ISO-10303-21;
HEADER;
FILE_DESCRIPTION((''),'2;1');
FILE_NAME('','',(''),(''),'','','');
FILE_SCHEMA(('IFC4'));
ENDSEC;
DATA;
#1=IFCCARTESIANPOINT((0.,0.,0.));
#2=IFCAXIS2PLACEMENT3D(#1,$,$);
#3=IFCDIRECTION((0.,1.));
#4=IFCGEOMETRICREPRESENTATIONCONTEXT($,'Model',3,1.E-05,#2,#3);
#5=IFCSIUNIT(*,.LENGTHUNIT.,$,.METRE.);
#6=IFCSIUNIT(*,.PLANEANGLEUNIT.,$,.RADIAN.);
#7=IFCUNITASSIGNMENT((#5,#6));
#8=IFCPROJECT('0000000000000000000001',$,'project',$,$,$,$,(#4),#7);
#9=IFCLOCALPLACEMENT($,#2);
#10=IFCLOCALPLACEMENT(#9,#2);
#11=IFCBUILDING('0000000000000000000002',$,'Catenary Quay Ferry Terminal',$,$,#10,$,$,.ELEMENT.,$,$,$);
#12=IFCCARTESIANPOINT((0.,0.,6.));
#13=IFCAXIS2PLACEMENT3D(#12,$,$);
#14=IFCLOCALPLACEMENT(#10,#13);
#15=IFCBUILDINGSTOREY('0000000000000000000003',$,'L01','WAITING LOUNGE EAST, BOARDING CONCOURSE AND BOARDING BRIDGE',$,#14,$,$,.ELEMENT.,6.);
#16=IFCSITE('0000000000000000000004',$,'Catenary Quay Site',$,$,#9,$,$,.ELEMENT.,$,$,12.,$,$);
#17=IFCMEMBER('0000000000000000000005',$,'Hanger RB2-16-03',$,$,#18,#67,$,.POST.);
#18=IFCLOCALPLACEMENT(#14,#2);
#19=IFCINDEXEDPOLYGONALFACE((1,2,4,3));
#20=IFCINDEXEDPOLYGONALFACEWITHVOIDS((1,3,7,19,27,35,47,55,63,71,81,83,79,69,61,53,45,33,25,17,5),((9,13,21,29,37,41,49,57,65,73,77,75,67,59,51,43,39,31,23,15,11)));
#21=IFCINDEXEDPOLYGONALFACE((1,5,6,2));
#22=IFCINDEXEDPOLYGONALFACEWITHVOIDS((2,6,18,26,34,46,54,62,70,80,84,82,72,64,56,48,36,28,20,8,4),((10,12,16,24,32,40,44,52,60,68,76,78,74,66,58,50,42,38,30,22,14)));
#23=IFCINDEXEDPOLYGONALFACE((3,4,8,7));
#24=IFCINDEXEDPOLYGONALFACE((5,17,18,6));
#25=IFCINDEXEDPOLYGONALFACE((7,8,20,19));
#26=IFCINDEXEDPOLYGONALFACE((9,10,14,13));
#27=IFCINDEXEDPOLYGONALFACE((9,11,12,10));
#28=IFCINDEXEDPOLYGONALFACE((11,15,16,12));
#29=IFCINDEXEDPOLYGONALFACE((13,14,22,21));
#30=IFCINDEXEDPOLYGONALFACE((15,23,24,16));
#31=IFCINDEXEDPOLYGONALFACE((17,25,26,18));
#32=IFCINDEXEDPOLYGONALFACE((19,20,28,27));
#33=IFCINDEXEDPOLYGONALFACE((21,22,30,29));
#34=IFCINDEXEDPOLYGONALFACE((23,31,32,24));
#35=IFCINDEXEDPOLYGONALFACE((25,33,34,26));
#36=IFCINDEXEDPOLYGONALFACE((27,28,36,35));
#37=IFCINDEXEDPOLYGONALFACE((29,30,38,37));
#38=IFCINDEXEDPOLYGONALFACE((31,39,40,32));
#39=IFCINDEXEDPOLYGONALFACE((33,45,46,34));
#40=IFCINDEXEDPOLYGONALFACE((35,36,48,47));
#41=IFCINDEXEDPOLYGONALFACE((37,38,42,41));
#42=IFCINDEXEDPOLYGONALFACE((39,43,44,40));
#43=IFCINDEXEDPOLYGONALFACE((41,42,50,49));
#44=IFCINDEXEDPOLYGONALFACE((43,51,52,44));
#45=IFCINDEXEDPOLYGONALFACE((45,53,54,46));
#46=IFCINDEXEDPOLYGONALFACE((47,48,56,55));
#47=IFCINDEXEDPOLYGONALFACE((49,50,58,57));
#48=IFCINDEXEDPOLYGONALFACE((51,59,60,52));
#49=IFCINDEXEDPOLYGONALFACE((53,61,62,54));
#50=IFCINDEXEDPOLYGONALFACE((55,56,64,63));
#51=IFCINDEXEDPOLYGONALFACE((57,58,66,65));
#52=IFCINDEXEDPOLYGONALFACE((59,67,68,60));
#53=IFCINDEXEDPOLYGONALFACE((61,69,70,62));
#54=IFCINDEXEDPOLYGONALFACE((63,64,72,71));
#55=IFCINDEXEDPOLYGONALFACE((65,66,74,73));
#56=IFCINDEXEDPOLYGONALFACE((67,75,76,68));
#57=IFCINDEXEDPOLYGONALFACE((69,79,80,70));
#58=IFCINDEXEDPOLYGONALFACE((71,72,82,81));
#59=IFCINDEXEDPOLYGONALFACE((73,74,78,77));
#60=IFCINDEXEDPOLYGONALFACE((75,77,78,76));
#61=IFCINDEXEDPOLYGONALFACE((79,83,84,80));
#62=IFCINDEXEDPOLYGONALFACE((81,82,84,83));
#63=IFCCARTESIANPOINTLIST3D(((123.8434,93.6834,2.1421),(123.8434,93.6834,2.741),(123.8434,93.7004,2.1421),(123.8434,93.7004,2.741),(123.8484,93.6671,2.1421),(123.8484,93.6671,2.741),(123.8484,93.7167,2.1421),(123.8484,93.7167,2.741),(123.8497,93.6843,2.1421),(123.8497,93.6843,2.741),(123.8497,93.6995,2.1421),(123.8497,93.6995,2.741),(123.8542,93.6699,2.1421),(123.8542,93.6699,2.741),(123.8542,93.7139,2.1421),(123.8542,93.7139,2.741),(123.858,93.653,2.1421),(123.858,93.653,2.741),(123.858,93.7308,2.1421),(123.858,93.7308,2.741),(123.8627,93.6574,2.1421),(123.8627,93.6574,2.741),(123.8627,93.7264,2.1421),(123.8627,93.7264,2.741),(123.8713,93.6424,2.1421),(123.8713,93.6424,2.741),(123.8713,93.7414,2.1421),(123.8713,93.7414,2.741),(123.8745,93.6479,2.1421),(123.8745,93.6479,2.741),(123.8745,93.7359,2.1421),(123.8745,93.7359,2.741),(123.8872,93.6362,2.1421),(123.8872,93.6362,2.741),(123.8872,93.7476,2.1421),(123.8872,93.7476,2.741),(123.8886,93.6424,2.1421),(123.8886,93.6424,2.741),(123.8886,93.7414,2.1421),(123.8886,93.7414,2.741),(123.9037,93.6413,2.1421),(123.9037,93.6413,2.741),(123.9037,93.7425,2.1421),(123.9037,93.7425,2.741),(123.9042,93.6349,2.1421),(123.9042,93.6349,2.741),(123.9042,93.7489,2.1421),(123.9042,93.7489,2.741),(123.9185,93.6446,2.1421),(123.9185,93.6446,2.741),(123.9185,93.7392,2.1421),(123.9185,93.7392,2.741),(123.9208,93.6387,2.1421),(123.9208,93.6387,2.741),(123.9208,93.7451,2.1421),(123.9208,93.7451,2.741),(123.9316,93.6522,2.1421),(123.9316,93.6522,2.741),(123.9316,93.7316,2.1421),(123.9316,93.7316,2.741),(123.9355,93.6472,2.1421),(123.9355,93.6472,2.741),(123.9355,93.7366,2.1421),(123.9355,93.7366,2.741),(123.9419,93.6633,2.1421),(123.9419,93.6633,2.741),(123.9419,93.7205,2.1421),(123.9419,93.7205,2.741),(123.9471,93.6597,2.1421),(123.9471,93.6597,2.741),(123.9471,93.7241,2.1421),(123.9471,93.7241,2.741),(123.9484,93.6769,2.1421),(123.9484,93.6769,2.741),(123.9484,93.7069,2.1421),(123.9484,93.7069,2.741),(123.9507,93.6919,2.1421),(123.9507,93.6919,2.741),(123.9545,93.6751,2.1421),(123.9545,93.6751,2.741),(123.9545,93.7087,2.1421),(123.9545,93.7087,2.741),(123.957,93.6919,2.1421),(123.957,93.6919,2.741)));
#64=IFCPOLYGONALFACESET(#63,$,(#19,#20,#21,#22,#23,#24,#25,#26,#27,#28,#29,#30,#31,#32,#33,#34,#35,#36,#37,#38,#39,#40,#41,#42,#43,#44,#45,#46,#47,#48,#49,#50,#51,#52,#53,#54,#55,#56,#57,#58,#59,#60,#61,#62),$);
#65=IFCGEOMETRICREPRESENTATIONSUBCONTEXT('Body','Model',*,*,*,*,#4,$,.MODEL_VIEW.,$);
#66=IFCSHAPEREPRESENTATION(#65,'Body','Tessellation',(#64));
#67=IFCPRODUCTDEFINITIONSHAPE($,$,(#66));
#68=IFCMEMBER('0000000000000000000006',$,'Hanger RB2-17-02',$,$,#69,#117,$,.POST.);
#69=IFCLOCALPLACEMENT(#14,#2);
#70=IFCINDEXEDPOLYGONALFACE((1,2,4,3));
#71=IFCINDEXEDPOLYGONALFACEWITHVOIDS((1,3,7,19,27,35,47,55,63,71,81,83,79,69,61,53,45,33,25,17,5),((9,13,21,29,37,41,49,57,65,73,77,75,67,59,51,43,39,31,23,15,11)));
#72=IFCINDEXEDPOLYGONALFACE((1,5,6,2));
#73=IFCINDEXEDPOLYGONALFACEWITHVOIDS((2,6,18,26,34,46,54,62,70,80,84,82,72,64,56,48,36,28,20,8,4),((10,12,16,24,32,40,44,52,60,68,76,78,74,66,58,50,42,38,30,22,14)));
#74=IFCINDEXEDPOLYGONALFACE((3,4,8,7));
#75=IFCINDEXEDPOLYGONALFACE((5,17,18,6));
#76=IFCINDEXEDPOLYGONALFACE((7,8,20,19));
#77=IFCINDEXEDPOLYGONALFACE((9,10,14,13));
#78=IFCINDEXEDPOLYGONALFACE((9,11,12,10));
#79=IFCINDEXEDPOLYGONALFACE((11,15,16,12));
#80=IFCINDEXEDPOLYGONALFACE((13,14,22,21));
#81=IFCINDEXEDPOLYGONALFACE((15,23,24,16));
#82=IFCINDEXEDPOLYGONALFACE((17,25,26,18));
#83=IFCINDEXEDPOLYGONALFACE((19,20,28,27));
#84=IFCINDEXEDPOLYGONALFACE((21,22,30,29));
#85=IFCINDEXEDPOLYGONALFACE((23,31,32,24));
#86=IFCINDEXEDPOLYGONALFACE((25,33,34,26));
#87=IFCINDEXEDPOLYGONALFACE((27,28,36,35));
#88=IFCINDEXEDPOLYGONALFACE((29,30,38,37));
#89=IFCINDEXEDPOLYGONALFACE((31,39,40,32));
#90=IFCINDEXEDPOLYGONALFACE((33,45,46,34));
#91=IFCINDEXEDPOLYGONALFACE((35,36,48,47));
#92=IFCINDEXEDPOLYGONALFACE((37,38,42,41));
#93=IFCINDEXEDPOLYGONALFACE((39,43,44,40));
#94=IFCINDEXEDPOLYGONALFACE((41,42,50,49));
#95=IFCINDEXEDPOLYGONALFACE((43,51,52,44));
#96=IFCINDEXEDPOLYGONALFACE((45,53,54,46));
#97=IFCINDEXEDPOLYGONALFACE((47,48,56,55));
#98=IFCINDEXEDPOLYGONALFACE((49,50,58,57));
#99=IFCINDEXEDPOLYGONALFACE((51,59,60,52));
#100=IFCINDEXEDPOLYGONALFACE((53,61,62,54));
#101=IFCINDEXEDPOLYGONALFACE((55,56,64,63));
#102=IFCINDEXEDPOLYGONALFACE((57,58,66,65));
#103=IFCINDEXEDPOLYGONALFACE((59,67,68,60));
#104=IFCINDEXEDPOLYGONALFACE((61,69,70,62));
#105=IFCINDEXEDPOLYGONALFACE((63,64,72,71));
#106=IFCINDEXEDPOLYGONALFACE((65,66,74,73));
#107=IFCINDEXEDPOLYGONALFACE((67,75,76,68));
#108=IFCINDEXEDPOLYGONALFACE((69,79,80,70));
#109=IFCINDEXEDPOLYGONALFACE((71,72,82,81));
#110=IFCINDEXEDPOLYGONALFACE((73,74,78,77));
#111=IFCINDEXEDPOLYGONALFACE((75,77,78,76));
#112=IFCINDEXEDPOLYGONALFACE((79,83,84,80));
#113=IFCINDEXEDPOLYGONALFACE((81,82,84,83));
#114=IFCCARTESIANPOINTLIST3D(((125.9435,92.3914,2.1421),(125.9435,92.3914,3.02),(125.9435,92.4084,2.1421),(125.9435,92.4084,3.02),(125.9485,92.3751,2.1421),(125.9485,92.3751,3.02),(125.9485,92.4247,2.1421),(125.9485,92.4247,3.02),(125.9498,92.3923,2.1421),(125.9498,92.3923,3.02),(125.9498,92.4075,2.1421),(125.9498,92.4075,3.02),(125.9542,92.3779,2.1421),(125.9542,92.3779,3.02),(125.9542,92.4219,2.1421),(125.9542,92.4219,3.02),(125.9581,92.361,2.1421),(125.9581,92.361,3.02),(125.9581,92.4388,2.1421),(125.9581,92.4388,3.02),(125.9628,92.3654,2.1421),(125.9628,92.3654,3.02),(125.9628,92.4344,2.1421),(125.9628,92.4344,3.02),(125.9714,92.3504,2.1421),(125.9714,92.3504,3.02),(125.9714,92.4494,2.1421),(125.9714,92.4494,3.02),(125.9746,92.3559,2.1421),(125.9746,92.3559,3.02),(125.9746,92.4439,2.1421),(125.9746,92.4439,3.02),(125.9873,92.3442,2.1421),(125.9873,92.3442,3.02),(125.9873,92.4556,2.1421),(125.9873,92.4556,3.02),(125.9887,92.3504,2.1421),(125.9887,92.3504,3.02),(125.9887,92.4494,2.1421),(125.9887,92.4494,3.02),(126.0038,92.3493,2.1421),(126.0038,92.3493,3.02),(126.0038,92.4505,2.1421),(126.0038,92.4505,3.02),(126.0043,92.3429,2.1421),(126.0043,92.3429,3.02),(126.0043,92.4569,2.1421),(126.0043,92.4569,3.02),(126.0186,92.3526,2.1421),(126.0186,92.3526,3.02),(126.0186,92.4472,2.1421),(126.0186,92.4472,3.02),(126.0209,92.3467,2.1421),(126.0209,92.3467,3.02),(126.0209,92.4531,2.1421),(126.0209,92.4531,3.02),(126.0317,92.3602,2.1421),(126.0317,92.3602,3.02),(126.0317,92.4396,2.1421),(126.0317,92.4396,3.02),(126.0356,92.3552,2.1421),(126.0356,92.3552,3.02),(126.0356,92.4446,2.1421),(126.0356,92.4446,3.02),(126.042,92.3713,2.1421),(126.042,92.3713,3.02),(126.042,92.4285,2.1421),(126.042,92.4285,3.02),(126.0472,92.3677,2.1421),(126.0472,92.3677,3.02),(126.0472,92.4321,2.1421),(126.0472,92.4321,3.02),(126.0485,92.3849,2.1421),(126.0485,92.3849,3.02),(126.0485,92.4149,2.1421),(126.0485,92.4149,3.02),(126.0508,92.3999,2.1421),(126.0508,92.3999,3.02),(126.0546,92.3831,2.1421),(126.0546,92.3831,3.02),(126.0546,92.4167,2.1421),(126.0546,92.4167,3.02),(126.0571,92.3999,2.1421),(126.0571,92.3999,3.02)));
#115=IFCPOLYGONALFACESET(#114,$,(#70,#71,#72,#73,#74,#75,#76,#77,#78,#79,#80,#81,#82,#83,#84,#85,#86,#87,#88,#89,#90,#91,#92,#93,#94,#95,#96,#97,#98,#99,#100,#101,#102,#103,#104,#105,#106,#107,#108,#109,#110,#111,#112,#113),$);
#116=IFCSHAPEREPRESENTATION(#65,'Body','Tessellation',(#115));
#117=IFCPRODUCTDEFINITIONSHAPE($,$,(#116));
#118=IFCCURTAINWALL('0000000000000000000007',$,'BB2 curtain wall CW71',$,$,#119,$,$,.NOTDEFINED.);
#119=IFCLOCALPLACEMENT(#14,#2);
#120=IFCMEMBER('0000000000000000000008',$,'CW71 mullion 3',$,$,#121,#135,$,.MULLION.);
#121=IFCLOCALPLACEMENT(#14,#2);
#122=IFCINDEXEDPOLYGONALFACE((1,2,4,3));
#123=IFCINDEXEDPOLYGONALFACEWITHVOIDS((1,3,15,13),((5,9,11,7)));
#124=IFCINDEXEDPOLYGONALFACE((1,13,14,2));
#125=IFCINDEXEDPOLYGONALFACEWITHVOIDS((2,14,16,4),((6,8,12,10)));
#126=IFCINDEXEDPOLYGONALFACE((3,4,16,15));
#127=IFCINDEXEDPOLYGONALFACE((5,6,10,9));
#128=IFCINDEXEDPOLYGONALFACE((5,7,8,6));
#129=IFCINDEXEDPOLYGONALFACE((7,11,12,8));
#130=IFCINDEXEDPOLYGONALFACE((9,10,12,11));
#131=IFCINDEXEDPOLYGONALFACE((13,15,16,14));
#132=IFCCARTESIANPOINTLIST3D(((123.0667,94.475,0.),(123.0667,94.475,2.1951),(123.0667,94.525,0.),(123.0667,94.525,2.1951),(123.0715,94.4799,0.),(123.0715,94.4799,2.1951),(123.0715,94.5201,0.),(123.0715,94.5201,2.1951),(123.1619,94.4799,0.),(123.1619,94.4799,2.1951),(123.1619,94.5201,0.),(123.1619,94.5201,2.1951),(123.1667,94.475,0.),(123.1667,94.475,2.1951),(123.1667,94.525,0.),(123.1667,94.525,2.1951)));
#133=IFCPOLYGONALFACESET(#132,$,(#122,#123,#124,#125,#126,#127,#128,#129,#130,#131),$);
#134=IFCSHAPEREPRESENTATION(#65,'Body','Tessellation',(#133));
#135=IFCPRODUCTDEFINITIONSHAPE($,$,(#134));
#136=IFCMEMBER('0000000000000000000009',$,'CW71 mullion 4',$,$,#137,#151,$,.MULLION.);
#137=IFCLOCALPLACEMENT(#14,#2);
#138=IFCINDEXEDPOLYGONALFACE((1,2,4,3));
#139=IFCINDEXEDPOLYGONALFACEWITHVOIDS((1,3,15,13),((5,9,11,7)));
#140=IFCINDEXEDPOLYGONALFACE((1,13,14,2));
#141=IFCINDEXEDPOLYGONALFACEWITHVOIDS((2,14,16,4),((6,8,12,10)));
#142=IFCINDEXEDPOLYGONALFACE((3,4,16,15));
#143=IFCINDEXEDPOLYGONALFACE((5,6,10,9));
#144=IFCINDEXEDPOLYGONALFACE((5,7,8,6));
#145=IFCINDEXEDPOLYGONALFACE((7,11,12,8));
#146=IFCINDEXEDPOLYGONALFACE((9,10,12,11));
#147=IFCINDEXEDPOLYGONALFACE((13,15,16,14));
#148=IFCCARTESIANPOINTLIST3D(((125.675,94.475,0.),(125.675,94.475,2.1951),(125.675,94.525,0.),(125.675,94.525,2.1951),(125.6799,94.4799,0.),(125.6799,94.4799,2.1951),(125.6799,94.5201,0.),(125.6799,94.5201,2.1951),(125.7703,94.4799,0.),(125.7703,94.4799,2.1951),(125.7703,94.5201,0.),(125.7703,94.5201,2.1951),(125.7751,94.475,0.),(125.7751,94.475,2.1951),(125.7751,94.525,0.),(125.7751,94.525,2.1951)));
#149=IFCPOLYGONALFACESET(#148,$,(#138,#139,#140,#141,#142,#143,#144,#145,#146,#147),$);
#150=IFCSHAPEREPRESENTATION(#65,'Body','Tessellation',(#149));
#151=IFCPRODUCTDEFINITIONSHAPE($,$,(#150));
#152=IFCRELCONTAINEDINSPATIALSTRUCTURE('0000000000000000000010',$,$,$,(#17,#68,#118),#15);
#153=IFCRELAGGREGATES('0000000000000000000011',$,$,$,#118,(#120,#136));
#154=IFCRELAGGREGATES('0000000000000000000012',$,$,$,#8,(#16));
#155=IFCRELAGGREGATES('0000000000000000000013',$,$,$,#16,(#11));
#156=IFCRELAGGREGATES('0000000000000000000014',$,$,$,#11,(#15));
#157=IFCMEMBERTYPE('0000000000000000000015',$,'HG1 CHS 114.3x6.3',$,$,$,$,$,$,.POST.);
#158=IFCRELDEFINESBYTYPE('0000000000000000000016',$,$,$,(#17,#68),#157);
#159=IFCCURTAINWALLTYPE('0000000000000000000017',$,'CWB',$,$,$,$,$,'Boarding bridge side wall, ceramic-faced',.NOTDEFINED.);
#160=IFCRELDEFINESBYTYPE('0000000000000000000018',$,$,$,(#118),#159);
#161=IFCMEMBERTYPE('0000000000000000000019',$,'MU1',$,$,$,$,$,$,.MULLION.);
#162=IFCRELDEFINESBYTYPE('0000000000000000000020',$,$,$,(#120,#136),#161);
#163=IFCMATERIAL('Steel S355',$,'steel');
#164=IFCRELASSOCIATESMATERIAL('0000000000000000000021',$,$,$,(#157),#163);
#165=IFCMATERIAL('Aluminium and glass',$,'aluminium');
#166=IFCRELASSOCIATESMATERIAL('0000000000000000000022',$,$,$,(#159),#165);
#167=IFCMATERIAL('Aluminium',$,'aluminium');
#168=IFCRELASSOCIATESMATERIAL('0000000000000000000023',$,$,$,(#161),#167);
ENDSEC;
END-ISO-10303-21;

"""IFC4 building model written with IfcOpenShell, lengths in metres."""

from ifc_helpers import new_model, si_unit, direction, frame, origin, origin_2d, place, context, subcontext, project, spatial, hollow_rectangle, hollow_circle, extrude, material, material_profile, profile_set, type_object, element, aggregate, save


model = new_model("IFC4")

# Units and contexts
model_context = context("Model", 3, precision=1e-05, world=origin(), true_north=direction((0.0, 1.0)))
body_context = subcontext(model_context, "Body", "Model", "MODEL_VIEW")
ifc_project = project(units=[si_unit("LENGTHUNIT", "METRE"), si_unit("PLANEANGLEUNIT", "RADIAN")], contexts=[model_context])

# Site, building, storey
site_placement = place(None, origin())
site = spatial("IfcSite", under=ifc_project, at=site_placement, Name="Catenary Quay Site", CompositionType="ELEMENT", RefElevation=12.0)
building_placement = place(site_placement, origin())
building = spatial("IfcBuilding", under=site, at=building_placement, Name="Catenary Quay Ferry Terminal", CompositionType="ELEMENT")
storey_placement = place(building_placement, frame((0.0, 0.0, 6.0)))
storey = spatial("IfcBuildingStorey", under=building, at=storey_placement, Name="L01", Description="WAITING LOUNGE EAST, BOARDING CONCOURSE AND BOARDING BRIDGE", CompositionType="ELEMENT", Elevation=6.0)

# Members
ifc_material_1 = material(Name="Steel S355", Category="steel")
ifc_material_profile_1 = material_profile(ifc_material_1, hollow_circle(Radius=0.0571, WallThickness=0.0063, at=origin_2d()), Name="CHS 114.3x6.3")
ifc_profile_set_1 = profile_set([ifc_material_profile_1], Name="Steel S355")
member_type_1 = type_object("IfcMemberType", Name="HG1 CHS 114.3x6.3", PredefinedType="POST", material=ifc_profile_set_1)
member_1_placement = place(storey_placement, frame((123.8999, 93.6919, 2.1421), z_axis=(0.0, 0.0, 1.0), x_axis=(1.0, 0.0, 0.0)))
element("IfcMember", 1, at=member_1_placement, inside=storey, type_object=member_type_1, Name="Hanger RB2-16-03", PredefinedType="POST", context=body_context, shape_type="SweptSolid", body=[
    extrude(hollow_circle(Radius=0.0571, WallThickness=0.0063, at=origin_2d()), origin(), (0.0, 0.0, 1.0), 0.5989),
])
member_2_placement = place(storey_placement, frame((126.0, 92.3999, 2.1421), z_axis=(0.0, 0.0, 1.0), x_axis=(1.0, 0.0, 0.0)))
element("IfcMember", 2, at=member_2_placement, inside=storey, type_object=member_type_1, Name="Hanger RB2-17-02", PredefinedType="POST", context=body_context, shape_type="SweptSolid", body=[
    extrude(hollow_circle(Radius=0.0571, WallThickness=0.0063, at=origin_2d()), origin(), (0.0, 0.0, 1.0), 0.8779),
])

# Curtain wall, members
ifc_material_2 = material(Name="Aluminium and glass", Category="aluminium")
curtain_wall_type = type_object("IfcCurtainWallType", Name="CWB", ElementType="Boarding bridge side wall, ceramic-faced", PredefinedType="NOTDEFINED", material=ifc_material_2)
curtain_wall_placement = place(storey_placement, origin())
curtain_wall = element("IfcCurtainWall", 3, at=curtain_wall_placement, inside=storey, type_object=curtain_wall_type, Name="BB2 curtain wall CW71", PredefinedType="NOTDEFINED")
ifc_material_3 = material(Name="Aluminium", Category="aluminium")
ifc_material_profile_2 = material_profile(ifc_material_3, hollow_rectangle(XDim=0.05, YDim=0.1001, WallThickness=0.0049, at=origin_2d()), Name="MU1")
ifc_profile_set_2 = profile_set([ifc_material_profile_2], Name="Aluminium")
member_type_2 = type_object("IfcMemberType", Name="MU1", PredefinedType="MULLION", material=ifc_profile_set_2)
member_3_placement = place(storey_placement, frame((123.1167, 94.5, 0.0), z_axis=(0.0, 0.0, 1.0), x_axis=(0.0, 1.0, 0.0)))
member_3 = element("IfcMember", 4, at=member_3_placement, type_object=member_type_2, Name="CW71 mullion 3", PredefinedType="MULLION", context=body_context, shape_type="SweptSolid", body=[
    extrude(hollow_rectangle(XDim=0.05, YDim=0.1001, WallThickness=0.0049, at=origin_2d()), origin(), (0.0, 0.0, 1.0), 2.1951),
])
member_4_placement = place(storey_placement, frame((125.7251, 94.5, 0.0), z_axis=(0.0, 0.0, 1.0), x_axis=(0.0, 1.0, 0.0)))
member_4 = element("IfcMember", 5, at=member_4_placement, type_object=member_type_2, Name="CW71 mullion 4", PredefinedType="MULLION", context=body_context, shape_type="SweptSolid", body=[
    extrude(hollow_rectangle(XDim=0.05, YDim=0.1001, WallThickness=0.0049, at=origin_2d()), origin(), (0.0, 0.0, 1.0), 2.1951),
])

aggregate(curtain_wall, [member_3, member_4])

save(model, "model.ifc")
